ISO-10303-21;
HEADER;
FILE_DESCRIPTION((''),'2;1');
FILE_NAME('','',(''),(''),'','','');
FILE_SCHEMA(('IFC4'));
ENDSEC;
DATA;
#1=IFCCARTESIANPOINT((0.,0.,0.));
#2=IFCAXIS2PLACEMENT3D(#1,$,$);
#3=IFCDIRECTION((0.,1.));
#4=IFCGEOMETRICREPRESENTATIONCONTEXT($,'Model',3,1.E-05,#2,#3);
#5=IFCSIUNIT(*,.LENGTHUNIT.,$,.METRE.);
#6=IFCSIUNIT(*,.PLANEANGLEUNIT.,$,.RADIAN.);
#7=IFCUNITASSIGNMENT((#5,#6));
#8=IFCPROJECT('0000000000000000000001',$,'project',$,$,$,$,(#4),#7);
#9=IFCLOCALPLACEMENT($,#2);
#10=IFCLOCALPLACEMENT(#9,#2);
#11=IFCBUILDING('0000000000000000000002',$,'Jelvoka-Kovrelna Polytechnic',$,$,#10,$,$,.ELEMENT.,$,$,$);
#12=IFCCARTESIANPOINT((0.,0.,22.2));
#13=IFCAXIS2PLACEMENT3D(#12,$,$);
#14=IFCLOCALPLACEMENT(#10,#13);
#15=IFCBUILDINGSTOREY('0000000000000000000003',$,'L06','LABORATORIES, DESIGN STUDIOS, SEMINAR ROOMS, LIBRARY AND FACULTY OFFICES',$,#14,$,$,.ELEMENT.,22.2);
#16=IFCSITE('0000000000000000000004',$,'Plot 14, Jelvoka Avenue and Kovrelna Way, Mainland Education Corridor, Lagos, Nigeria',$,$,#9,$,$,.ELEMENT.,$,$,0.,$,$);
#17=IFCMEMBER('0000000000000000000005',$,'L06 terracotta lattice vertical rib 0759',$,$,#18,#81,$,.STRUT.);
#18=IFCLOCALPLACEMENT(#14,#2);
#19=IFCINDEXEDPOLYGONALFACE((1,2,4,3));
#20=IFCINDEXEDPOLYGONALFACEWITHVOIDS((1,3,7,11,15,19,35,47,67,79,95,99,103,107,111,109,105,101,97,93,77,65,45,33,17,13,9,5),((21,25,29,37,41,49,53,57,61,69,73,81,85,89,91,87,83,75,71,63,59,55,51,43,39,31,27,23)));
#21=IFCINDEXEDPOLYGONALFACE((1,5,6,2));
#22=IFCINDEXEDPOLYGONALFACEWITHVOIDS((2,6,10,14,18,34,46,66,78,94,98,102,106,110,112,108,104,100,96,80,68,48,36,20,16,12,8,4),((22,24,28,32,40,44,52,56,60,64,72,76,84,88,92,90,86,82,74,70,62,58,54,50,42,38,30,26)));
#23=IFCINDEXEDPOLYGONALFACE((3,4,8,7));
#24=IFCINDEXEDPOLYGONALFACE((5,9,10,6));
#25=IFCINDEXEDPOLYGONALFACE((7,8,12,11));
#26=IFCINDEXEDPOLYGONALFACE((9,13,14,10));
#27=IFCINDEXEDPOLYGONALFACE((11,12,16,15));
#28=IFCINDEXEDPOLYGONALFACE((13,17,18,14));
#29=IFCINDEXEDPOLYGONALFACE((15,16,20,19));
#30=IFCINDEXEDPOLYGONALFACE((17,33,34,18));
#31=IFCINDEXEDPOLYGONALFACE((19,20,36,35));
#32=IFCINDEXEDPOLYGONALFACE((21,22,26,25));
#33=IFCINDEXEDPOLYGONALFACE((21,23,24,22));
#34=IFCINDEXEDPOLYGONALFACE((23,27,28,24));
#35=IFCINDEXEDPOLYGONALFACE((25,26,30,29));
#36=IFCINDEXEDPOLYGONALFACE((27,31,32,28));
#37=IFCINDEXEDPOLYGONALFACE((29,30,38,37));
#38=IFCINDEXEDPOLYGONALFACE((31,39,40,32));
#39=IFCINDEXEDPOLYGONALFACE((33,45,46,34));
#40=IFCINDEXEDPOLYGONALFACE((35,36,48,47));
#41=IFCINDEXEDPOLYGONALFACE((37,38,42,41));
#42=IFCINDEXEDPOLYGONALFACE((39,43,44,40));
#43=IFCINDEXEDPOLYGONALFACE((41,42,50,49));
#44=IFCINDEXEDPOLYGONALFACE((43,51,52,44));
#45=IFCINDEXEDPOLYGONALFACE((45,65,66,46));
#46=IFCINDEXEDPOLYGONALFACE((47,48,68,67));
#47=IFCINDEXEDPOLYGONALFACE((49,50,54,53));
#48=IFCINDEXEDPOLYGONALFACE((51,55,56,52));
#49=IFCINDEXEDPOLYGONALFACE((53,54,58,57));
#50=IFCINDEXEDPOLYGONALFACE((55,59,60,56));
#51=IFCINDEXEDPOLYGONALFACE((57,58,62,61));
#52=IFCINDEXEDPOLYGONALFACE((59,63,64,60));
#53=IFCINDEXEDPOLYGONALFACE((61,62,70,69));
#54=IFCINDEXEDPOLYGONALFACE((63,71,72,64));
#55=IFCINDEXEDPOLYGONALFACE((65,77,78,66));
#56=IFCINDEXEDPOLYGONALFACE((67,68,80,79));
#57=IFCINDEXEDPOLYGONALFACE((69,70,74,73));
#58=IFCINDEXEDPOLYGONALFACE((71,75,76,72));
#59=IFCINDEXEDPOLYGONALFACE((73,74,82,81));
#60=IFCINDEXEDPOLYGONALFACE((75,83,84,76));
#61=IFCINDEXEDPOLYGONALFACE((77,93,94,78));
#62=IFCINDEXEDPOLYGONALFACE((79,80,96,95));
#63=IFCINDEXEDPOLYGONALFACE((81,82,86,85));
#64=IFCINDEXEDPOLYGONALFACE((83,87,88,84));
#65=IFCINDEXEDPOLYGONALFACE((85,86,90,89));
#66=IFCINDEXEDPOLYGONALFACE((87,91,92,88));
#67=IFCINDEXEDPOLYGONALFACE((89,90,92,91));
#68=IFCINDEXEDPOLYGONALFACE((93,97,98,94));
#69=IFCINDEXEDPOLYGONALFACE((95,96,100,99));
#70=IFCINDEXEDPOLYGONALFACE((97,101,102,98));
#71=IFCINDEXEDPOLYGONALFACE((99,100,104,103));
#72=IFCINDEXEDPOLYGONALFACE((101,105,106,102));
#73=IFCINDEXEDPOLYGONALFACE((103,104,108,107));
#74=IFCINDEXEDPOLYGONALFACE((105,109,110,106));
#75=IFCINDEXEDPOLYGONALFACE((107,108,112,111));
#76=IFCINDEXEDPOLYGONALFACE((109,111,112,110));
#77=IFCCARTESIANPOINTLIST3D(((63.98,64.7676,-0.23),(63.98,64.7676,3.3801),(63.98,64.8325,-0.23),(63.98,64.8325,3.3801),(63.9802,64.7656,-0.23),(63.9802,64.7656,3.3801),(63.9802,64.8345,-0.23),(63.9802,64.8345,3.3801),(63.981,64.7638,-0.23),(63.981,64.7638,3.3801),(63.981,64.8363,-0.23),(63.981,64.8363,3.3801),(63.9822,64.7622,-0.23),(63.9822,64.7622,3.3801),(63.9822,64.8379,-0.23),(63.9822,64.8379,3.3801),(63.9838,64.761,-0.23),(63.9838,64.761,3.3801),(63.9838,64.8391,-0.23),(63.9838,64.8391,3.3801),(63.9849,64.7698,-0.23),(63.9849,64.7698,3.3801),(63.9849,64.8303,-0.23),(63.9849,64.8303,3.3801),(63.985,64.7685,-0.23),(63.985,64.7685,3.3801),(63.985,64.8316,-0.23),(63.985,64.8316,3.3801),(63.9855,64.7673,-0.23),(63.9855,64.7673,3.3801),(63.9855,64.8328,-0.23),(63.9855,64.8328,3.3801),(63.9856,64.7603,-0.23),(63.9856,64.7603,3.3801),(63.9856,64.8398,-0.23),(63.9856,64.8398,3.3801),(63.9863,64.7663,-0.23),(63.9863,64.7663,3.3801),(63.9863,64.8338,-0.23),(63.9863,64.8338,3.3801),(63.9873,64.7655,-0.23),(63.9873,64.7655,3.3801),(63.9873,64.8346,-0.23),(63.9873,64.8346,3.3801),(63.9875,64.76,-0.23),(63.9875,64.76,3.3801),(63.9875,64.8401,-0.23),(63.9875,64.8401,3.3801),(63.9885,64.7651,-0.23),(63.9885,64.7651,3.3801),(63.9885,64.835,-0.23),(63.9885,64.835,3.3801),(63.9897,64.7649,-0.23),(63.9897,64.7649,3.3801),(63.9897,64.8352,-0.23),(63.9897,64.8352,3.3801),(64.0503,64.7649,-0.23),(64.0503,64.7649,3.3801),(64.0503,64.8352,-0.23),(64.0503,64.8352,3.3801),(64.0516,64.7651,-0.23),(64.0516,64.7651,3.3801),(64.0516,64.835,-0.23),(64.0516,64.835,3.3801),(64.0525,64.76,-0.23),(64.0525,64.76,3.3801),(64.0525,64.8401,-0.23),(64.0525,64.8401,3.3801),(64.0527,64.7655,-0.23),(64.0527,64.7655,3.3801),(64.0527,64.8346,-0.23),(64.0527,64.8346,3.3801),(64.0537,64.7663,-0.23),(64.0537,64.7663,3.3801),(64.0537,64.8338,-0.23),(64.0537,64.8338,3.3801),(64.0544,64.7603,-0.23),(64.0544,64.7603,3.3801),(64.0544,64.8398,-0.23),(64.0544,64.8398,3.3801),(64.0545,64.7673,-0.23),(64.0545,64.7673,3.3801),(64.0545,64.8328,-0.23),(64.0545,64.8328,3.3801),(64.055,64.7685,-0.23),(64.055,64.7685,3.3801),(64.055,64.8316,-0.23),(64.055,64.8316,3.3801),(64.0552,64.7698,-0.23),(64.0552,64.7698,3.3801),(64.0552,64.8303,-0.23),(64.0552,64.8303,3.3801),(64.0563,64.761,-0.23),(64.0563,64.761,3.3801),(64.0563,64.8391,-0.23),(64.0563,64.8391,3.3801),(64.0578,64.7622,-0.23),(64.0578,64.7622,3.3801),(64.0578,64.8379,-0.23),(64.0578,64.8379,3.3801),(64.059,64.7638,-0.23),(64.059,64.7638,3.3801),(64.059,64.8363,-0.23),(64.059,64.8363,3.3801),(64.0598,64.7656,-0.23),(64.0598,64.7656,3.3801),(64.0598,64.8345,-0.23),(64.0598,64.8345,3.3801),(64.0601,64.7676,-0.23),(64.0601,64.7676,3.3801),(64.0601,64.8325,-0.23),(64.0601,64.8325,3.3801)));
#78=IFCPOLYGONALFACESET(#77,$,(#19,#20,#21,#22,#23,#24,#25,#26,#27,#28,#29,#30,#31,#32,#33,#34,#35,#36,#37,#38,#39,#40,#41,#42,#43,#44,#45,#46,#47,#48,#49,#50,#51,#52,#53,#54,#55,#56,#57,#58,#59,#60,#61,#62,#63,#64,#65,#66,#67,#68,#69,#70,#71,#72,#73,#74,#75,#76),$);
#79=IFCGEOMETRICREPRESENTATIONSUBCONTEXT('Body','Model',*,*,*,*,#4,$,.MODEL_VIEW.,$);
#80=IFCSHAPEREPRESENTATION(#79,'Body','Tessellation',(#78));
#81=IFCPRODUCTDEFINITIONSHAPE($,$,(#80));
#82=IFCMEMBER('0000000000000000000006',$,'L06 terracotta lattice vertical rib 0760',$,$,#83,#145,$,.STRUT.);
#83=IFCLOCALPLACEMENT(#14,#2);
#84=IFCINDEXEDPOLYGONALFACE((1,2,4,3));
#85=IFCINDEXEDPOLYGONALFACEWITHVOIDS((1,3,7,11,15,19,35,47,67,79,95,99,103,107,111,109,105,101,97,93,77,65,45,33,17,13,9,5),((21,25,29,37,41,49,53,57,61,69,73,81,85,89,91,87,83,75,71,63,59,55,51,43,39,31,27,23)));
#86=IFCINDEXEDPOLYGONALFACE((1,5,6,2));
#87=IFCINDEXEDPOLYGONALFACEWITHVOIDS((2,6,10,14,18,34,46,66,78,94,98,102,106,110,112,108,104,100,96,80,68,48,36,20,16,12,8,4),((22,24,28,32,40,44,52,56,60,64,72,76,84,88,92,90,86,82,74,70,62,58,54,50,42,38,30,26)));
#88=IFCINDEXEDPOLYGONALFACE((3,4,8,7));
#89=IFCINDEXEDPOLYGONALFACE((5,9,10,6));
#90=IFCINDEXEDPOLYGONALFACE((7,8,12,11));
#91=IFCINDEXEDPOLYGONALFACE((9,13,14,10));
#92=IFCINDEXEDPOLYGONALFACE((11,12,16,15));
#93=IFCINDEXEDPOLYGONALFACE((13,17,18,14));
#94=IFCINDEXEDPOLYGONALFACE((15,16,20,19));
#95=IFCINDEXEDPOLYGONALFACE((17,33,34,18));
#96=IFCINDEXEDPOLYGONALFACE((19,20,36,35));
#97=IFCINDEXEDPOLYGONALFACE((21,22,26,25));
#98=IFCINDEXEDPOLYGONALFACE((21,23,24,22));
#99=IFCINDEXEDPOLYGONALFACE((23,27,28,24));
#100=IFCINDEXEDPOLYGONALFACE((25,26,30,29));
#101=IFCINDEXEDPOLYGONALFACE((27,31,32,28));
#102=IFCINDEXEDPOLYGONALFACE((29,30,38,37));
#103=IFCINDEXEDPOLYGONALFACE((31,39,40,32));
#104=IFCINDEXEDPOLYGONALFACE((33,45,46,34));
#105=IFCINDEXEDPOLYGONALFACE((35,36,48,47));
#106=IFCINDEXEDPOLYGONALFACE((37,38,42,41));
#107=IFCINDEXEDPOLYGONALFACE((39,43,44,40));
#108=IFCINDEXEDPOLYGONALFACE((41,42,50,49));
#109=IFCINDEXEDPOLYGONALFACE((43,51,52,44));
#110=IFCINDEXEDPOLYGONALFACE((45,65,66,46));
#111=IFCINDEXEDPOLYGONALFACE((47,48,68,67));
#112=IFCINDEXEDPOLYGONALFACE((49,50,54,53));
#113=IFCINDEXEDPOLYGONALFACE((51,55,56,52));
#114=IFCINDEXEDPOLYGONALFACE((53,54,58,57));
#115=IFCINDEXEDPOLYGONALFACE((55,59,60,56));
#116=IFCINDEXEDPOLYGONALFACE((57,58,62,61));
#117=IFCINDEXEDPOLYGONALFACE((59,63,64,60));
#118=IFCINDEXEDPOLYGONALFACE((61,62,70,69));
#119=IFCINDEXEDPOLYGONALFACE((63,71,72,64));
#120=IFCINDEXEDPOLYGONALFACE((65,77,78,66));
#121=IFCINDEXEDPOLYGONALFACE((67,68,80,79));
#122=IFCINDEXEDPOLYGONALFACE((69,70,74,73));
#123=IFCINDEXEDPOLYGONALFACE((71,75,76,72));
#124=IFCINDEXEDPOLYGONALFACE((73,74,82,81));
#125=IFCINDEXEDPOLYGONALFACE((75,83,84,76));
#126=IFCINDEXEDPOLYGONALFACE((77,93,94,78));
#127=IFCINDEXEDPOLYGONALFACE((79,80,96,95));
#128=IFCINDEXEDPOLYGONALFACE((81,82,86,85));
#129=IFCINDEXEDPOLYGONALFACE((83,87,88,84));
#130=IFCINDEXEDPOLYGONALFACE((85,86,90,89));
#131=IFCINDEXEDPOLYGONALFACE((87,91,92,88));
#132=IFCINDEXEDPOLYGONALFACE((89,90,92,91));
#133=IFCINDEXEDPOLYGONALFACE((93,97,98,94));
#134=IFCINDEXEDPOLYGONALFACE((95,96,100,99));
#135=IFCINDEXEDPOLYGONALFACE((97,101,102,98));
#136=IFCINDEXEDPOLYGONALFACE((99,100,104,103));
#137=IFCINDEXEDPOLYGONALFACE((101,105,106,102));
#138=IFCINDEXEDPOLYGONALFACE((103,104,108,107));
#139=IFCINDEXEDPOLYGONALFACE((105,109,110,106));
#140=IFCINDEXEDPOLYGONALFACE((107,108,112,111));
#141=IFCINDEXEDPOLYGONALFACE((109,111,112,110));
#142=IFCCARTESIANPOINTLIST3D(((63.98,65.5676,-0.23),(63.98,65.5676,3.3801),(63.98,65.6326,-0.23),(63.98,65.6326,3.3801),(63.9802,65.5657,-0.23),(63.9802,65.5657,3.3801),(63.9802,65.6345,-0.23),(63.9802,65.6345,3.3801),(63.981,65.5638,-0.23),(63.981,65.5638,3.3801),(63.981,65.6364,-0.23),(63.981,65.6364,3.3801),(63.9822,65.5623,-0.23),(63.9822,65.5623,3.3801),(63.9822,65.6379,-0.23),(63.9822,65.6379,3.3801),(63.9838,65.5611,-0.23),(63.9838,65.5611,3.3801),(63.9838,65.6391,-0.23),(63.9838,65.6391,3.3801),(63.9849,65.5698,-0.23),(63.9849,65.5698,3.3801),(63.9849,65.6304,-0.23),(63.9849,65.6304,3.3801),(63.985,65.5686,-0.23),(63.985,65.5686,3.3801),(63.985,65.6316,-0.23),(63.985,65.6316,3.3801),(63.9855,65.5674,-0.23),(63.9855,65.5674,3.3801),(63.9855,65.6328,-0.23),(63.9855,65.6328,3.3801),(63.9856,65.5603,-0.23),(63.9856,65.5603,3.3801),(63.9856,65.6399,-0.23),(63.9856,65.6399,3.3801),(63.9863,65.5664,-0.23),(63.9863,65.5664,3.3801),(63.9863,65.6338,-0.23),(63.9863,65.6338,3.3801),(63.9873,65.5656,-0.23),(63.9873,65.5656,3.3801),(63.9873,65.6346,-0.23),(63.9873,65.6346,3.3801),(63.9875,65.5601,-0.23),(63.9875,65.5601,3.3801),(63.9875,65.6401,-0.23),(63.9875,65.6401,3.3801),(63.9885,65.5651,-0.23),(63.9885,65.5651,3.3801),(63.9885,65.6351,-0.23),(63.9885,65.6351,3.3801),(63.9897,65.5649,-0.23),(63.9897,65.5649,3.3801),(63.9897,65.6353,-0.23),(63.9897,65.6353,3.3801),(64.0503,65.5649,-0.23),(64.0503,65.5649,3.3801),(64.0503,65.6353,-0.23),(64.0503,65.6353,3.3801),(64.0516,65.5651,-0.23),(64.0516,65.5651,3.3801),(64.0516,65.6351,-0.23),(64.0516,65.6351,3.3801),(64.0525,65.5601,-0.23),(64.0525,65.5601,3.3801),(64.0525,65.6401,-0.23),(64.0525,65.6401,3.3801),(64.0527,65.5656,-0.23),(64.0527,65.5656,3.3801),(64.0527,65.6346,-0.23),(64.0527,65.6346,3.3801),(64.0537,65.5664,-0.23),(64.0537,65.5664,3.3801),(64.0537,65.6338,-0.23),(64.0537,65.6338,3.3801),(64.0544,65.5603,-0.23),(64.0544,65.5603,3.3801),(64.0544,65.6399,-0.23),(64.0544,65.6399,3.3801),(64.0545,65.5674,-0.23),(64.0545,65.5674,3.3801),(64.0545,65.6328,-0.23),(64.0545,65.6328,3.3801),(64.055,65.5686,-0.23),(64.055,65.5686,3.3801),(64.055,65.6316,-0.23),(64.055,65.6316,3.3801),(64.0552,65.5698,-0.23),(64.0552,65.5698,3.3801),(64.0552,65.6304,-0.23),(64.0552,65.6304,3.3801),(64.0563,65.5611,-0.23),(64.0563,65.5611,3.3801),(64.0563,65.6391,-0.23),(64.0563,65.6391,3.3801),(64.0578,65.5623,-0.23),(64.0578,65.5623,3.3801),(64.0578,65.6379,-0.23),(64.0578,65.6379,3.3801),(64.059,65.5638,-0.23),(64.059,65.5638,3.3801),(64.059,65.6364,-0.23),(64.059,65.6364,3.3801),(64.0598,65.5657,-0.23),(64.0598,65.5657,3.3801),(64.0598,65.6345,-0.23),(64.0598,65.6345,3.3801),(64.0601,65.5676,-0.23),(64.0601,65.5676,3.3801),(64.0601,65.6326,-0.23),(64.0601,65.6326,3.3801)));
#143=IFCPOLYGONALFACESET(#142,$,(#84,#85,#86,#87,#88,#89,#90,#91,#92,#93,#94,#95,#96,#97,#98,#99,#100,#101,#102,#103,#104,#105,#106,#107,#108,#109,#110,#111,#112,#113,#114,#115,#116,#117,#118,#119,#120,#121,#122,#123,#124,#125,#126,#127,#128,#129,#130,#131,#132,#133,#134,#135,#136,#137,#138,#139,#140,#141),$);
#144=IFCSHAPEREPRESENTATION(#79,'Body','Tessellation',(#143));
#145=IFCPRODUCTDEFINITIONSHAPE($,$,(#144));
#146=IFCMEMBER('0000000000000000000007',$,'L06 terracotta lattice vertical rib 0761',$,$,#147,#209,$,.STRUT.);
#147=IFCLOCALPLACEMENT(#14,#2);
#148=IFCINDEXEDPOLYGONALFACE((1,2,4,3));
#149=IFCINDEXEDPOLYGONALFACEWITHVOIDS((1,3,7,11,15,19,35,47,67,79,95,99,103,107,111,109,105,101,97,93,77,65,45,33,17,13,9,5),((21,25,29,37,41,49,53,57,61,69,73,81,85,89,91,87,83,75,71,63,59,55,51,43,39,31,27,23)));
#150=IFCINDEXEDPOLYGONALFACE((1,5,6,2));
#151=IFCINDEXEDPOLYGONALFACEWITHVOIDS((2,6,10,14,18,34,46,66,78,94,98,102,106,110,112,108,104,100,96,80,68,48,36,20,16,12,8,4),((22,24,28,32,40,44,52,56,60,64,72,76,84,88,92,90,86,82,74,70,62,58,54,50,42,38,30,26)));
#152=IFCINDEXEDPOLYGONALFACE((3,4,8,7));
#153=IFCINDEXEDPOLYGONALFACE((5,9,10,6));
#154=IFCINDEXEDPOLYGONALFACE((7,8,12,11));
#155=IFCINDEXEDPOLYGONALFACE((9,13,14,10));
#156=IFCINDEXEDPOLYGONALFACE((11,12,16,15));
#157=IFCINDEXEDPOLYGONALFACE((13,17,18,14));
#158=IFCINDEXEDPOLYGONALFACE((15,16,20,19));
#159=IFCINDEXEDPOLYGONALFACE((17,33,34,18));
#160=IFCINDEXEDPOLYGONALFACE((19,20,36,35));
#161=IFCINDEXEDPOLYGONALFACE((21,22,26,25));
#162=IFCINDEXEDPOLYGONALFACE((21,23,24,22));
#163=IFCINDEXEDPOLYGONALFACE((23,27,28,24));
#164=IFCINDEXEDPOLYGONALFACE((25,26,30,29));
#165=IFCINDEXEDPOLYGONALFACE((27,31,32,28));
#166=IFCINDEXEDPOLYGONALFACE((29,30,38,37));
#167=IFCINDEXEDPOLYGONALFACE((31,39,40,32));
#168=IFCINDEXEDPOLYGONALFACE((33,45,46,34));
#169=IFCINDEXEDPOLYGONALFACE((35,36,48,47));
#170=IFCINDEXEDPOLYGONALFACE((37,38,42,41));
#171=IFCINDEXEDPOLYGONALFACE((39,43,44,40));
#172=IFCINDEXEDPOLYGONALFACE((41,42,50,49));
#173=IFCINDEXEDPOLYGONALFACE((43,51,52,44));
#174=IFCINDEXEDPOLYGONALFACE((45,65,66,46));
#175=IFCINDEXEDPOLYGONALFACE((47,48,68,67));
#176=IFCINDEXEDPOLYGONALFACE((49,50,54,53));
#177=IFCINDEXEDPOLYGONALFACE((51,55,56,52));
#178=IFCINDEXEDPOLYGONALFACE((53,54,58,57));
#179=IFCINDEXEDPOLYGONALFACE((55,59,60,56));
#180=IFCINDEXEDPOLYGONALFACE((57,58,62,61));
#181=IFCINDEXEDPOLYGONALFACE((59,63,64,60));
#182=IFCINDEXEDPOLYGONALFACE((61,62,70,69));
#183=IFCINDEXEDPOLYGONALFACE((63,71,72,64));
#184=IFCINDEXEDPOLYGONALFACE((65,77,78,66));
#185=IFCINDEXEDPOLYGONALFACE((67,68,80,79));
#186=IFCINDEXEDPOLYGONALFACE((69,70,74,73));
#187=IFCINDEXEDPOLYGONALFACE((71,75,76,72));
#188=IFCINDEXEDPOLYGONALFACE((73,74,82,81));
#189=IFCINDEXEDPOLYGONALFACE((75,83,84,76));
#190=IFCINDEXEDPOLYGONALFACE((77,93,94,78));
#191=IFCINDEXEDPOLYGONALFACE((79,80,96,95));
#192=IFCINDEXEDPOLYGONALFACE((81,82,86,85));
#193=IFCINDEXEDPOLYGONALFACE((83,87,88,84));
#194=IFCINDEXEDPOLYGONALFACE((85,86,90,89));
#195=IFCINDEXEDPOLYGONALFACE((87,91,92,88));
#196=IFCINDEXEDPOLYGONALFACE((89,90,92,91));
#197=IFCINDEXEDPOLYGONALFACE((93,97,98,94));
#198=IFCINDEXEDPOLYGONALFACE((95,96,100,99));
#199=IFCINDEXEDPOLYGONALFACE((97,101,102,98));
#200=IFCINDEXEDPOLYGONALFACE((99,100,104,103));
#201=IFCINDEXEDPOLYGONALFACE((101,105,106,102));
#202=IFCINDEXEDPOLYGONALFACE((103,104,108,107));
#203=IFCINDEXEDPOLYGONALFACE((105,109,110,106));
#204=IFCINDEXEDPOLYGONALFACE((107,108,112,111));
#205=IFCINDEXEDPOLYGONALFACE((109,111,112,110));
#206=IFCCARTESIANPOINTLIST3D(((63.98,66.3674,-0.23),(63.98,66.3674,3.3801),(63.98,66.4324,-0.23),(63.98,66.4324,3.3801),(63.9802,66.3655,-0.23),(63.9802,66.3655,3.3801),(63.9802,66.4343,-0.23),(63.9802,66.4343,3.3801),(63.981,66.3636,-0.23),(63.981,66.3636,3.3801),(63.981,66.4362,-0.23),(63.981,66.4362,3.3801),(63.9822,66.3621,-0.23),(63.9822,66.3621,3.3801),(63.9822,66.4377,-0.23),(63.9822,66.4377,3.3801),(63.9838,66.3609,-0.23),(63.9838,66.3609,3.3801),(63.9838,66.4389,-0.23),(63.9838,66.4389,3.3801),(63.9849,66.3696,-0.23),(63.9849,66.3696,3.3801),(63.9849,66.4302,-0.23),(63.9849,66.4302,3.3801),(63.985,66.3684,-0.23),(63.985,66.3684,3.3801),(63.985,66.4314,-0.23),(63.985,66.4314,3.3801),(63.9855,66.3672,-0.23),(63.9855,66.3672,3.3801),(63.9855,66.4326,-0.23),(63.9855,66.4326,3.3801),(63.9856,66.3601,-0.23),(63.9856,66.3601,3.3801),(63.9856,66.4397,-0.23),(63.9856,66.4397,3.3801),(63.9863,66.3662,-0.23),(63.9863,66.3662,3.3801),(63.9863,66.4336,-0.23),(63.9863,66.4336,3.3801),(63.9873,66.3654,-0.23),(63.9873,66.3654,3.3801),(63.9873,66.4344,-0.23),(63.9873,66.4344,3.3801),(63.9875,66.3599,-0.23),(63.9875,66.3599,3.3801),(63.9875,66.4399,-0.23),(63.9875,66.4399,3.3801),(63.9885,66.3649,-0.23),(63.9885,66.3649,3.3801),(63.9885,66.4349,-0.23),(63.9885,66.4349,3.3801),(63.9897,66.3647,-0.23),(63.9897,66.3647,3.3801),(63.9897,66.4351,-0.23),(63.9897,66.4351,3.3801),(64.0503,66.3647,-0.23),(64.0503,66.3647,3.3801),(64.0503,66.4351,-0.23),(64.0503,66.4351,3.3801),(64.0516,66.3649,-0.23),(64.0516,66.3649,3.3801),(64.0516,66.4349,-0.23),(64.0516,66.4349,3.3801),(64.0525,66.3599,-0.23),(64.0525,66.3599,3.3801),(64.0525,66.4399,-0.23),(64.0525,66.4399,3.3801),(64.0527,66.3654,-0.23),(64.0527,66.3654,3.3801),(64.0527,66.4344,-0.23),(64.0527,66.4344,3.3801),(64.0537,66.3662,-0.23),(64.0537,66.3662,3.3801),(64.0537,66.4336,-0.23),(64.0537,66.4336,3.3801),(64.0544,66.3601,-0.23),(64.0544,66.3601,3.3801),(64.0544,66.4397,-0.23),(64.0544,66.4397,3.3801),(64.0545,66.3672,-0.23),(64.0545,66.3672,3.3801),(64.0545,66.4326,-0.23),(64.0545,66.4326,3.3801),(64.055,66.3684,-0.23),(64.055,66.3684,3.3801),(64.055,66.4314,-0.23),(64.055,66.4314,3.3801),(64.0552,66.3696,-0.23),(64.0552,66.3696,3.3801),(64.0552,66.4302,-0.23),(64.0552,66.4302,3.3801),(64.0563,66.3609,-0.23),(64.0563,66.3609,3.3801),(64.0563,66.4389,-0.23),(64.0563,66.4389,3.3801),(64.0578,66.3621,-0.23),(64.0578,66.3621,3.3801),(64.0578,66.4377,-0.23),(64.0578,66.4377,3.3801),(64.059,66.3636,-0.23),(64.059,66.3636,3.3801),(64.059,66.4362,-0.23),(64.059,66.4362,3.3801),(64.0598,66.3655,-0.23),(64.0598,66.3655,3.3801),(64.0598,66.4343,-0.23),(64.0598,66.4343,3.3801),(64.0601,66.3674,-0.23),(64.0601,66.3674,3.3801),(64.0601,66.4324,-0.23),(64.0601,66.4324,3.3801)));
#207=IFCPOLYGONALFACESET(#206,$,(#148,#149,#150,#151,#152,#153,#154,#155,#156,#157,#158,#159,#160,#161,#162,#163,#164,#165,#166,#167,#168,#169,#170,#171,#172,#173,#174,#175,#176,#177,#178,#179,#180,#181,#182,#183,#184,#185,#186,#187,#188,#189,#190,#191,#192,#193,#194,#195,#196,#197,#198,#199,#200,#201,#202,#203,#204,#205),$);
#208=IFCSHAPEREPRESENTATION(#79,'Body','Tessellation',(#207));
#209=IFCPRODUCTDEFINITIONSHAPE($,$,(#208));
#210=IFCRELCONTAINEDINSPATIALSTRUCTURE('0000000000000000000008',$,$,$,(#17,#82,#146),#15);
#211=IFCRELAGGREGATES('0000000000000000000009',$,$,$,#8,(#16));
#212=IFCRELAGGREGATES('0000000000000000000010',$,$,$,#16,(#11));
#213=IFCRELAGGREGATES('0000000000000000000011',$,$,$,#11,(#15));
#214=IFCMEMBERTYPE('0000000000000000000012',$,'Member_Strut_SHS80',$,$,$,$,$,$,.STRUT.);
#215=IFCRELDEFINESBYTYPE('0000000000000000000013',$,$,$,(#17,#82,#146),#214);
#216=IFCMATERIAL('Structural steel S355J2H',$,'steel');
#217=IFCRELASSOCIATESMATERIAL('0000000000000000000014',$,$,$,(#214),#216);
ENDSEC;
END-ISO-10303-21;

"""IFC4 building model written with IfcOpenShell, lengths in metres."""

from ifc_helpers import new_model, si_unit, direction, frame, origin, origin_2d, place, context, subcontext, project, spatial, hollow_rectangle, extrude, material, material_profile, profile_set, type_object, element, save


model = new_model("IFC4")

# Units and contexts
model_context = context("Model", 3, precision=1e-05, world=origin(), true_north=direction((0.0, 1.0)))
body_context = subcontext(model_context, "Body", "Model", "MODEL_VIEW")
ifc_project = project(units=[si_unit("LENGTHUNIT", "METRE"), si_unit("PLANEANGLEUNIT", "RADIAN")], contexts=[model_context])

# Site, building, storey
site_placement = place(None, origin())
site = spatial("IfcSite", under=ifc_project, at=site_placement, Name="Plot 14, Jelvoka Avenue and Kovrelna Way, Mainland Education Corridor, Lagos, Nigeria", CompositionType="ELEMENT", RefElevation=0.0)
building_placement = place(site_placement, origin())
building = spatial("IfcBuilding", under=site, at=building_placement, Name="Jelvoka-Kovrelna Polytechnic", CompositionType="ELEMENT")
storey_placement = place(building_placement, frame((0.0, 0.0, 22.2)))
storey = spatial("IfcBuildingStorey", under=building, at=storey_placement, Name="L06", Description="LABORATORIES, DESIGN STUDIOS, SEMINAR ROOMS, LIBRARY AND FACULTY OFFICES", CompositionType="ELEMENT", Elevation=22.2)

# Members
ifc_material_1 = material(Name="Structural steel S355J2H", Category="steel")
ifc_material_profile_1 = material_profile(ifc_material_1, hollow_rectangle(XDim=0.0801, YDim=0.0801, WallThickness=0.0049, InnerFilletRadius=0.0049, OuterFilletRadius=0.0076, at=origin_2d()), Name="80x80x5.0 SHS")
ifc_profile_set_1 = profile_set([ifc_material_profile_1], Name="Structural steel S355J2H")
member_type_1 = type_object("IfcMemberType", Name="Member_Strut_SHS80", PredefinedType="STRUT", material=ifc_profile_set_1)
for number, where, z_axis, x_axis, name in (
    (1, (64.02, 64.8, -0.23), (0.0, 0.0, 1.0), (1.0, 0.0, 0.0), "L06 terracotta lattice vertical rib 0759"),
    (2, (64.02, 65.6001, -0.23), (0.0, 0.0, 1.0), (1.0, 0.0, 0.0), "L06 terracotta lattice vertical rib 0760"),
    (3, (64.02, 66.3999, -0.23), (0.0, 0.0, 1.0), (1.0, 0.0, 0.0), "L06 terracotta lattice vertical rib 0761"),
):
    element("IfcMember", number, at=place(storey_placement, frame(where, z_axis=z_axis, x_axis=x_axis)), inside=storey, type_object=member_type_1, Name=name, PredefinedType="STRUT", context=body_context, shape_type="SweptSolid", body=[
        extrude(hollow_rectangle(XDim=0.0801, YDim=0.0801, WallThickness=0.0049, InnerFilletRadius=0.0049, OuterFilletRadius=0.0076, at=origin_2d()), origin(), (0.0, 0.0, 1.0), 3.6101),
    ])

save(model, "model.ifc")
